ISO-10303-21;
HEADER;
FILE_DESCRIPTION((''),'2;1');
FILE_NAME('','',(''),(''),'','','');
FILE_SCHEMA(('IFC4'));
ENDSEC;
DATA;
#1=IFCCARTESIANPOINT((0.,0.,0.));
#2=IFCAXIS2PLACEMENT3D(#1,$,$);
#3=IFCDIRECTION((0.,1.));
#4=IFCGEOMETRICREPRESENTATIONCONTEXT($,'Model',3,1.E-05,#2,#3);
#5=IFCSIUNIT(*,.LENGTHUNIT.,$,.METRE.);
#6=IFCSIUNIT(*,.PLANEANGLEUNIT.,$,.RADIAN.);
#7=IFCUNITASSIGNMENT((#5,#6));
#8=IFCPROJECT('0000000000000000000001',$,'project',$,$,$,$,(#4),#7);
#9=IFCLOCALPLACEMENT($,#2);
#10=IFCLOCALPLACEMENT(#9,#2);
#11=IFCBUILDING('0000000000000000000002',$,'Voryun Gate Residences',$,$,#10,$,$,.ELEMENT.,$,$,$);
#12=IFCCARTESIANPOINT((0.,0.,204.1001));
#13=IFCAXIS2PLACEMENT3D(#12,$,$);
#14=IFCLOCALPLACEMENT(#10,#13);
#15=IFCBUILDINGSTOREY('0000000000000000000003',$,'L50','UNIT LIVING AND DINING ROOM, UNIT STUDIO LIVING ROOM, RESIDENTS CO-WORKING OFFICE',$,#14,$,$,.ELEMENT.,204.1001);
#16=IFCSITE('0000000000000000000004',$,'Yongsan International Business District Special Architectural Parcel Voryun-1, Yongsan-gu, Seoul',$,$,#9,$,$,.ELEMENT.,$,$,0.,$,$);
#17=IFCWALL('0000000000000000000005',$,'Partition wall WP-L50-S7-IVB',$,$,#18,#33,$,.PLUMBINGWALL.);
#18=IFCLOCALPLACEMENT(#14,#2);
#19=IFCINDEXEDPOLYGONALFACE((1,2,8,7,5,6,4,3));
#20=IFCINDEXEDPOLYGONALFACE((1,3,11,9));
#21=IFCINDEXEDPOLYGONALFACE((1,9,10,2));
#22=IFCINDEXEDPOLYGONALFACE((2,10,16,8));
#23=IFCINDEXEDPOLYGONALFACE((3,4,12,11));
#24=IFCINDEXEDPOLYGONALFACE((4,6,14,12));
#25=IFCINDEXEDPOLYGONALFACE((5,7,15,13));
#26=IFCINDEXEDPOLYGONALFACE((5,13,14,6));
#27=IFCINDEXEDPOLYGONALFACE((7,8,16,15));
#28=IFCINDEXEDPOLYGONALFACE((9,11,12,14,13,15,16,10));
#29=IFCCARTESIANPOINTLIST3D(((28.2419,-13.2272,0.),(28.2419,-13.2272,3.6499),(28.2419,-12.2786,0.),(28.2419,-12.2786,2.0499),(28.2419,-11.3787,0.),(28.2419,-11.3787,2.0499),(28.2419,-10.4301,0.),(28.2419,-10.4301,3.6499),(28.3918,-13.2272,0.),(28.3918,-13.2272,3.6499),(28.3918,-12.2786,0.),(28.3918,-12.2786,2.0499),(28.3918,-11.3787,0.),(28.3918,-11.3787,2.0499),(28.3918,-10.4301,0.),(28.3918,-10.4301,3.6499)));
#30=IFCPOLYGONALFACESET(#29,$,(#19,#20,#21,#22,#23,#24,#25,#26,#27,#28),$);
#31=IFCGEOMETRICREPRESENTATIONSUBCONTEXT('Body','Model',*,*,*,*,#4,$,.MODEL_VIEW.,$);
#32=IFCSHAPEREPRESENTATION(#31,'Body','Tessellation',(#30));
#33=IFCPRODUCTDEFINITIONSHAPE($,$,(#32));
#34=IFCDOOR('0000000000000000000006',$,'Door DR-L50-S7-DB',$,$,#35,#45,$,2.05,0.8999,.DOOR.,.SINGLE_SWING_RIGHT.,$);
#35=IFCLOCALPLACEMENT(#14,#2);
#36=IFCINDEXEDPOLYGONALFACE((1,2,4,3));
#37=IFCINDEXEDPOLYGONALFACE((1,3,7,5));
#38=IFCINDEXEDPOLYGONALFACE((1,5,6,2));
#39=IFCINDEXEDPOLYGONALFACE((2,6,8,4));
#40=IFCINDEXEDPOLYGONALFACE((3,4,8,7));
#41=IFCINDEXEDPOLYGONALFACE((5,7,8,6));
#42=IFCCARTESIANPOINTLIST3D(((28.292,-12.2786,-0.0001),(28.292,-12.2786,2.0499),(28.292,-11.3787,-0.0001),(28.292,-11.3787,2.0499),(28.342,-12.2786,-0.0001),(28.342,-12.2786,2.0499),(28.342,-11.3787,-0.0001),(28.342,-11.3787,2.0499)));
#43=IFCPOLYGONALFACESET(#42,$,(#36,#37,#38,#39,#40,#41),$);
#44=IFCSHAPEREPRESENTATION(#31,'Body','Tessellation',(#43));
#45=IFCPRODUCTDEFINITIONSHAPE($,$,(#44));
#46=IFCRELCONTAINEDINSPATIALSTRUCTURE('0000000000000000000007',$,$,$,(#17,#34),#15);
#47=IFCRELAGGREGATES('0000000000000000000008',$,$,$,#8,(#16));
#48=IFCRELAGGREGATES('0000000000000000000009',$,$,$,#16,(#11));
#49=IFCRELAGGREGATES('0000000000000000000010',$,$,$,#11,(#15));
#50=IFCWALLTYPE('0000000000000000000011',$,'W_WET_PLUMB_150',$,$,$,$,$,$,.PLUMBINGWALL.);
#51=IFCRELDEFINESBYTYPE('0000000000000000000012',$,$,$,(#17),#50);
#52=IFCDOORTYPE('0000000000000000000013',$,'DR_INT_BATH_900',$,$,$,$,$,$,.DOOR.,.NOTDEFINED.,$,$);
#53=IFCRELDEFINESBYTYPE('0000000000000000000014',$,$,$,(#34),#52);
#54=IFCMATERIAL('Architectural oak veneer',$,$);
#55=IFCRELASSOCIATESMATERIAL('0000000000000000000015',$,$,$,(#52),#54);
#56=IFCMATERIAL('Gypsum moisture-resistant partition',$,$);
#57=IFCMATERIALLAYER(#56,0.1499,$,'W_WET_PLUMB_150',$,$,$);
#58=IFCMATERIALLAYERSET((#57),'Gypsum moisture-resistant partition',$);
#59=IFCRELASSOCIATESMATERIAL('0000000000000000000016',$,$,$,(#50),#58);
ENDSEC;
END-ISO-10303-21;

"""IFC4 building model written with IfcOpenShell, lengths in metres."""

from ifc_helpers import new_model, si_unit, direction, frame, frame_2d, origin, place, context, subcontext, project, spatial, rectangle, extrude, material, layer, layer_set, type_object, element, fill, save


model = new_model("IFC4")

# Units and contexts
model_context = context("Model", 3, precision=1e-05, world=origin(), true_north=direction((0.0, 1.0)))
body_context = subcontext(model_context, "Body", "Model", "MODEL_VIEW")
ifc_project = project(units=[si_unit("LENGTHUNIT", "METRE"), si_unit("PLANEANGLEUNIT", "RADIAN")], contexts=[model_context])

# Site, building, storey
site_placement = place(None, origin())
site = spatial("IfcSite", under=ifc_project, at=site_placement, Name="Yongsan International Business District Special Architectural Parcel Voryun-1, Yongsan-gu, Seoul", CompositionType="ELEMENT", RefElevation=0.0)
building_placement = place(site_placement, origin())
building = spatial("IfcBuilding", under=site, at=building_placement, Name="Voryun Gate Residences", CompositionType="ELEMENT")
storey_placement = place(building_placement, frame((0.0, 0.0, 204.1001)))
storey = spatial("IfcBuildingStorey", under=building, at=storey_placement, Name="L50", Description="UNIT LIVING AND DINING ROOM, UNIT STUDIO LIVING ROOM, RESIDENTS CO-WORKING OFFICE", CompositionType="ELEMENT", Elevation=204.1001)

# Shared definitions
ifc_material_1 = material(Name="Architectural oak veneer")
door_type_1 = type_object("IfcDoorType", Name="DR_INT_BATH_900", OperationType="NOTDEFINED", PredefinedType="DOOR", material=ifc_material_1)

# Shared definitions
ifc_material_2 = material(Name="Gypsum moisture-resistant partition")
ifc_layer_1 = layer(ifc_material_2, 0.1499, Name="W_WET_PLUMB_150")
ifc_layer_set_1 = layer_set([ifc_layer_1], Name="Gypsum moisture-resistant partition")
wall_type_1 = type_object("IfcWallType", Name="W_WET_PLUMB_150", PredefinedType="PLUMBINGWALL", material=ifc_layer_set_1)

# Wall, opening, door
wall_1_placement = place(storey_placement, frame((28.3169, -13.2271, 0.0), z_axis=(0.0, 0.0, 1.0), x_axis=(0.0, 1.0, 0.0)))
wall_1 = element("IfcWall", 1, at=wall_1_placement, inside=storey, type_object=wall_type_1, Name="Partition wall WP-L50-S7-IVB", PredefinedType="PLUMBINGWALL", context=body_context, shape_type="SweptSolid", body=[
    extrude(rectangle(XDim=2.7971, YDim=0.1499, at=frame_2d((1.3984, 0.0))), origin(), (0.0, 0.0, 1.0), 3.6499),
])
opening_1_placement = place(wall_1_placement, frame((0.9485, 0.0, 0.0)))
opening_1 = element("IfcOpeningElement", 2, at=opening_1_placement, cuts=wall_1, PredefinedType="OPENING", context=body_context, shape_type="SweptSolid", body=[
    extrude(rectangle(XDim=0.8999, YDim=2.05, at=frame_2d((0.45, 1.0249))), frame((0.0, 0.085, 0.0), z_axis=(0.0, -1.0, 0.0), x_axis=(1.0, 0.0, 0.0)), (0.0, 0.0, 1.0), 0.1699),
])
door_1_placement = place(opening_1_placement, origin())
door_1 = element("IfcDoor", 3, at=door_1_placement, inside=storey, type_object=door_type_1, Name="Door DR-L50-S7-DB", OperationType="SINGLE_SWING_RIGHT", OverallHeight=2.05, OverallWidth=0.8999, PredefinedType="DOOR", context=body_context, shape_type="SweptSolid", body=[
    extrude(rectangle(XDim=0.8999, YDim=2.05, at=frame_2d((0.45, 1.0249))), frame((0.0, 0.0249, 0.0), z_axis=(0.0, -1.0, 0.0), x_axis=(1.0, 0.0, 0.0)), (0.0, 0.0, 1.0), 0.05),
])
fill(opening_1, door_1)

save(model, "model.ifc")
